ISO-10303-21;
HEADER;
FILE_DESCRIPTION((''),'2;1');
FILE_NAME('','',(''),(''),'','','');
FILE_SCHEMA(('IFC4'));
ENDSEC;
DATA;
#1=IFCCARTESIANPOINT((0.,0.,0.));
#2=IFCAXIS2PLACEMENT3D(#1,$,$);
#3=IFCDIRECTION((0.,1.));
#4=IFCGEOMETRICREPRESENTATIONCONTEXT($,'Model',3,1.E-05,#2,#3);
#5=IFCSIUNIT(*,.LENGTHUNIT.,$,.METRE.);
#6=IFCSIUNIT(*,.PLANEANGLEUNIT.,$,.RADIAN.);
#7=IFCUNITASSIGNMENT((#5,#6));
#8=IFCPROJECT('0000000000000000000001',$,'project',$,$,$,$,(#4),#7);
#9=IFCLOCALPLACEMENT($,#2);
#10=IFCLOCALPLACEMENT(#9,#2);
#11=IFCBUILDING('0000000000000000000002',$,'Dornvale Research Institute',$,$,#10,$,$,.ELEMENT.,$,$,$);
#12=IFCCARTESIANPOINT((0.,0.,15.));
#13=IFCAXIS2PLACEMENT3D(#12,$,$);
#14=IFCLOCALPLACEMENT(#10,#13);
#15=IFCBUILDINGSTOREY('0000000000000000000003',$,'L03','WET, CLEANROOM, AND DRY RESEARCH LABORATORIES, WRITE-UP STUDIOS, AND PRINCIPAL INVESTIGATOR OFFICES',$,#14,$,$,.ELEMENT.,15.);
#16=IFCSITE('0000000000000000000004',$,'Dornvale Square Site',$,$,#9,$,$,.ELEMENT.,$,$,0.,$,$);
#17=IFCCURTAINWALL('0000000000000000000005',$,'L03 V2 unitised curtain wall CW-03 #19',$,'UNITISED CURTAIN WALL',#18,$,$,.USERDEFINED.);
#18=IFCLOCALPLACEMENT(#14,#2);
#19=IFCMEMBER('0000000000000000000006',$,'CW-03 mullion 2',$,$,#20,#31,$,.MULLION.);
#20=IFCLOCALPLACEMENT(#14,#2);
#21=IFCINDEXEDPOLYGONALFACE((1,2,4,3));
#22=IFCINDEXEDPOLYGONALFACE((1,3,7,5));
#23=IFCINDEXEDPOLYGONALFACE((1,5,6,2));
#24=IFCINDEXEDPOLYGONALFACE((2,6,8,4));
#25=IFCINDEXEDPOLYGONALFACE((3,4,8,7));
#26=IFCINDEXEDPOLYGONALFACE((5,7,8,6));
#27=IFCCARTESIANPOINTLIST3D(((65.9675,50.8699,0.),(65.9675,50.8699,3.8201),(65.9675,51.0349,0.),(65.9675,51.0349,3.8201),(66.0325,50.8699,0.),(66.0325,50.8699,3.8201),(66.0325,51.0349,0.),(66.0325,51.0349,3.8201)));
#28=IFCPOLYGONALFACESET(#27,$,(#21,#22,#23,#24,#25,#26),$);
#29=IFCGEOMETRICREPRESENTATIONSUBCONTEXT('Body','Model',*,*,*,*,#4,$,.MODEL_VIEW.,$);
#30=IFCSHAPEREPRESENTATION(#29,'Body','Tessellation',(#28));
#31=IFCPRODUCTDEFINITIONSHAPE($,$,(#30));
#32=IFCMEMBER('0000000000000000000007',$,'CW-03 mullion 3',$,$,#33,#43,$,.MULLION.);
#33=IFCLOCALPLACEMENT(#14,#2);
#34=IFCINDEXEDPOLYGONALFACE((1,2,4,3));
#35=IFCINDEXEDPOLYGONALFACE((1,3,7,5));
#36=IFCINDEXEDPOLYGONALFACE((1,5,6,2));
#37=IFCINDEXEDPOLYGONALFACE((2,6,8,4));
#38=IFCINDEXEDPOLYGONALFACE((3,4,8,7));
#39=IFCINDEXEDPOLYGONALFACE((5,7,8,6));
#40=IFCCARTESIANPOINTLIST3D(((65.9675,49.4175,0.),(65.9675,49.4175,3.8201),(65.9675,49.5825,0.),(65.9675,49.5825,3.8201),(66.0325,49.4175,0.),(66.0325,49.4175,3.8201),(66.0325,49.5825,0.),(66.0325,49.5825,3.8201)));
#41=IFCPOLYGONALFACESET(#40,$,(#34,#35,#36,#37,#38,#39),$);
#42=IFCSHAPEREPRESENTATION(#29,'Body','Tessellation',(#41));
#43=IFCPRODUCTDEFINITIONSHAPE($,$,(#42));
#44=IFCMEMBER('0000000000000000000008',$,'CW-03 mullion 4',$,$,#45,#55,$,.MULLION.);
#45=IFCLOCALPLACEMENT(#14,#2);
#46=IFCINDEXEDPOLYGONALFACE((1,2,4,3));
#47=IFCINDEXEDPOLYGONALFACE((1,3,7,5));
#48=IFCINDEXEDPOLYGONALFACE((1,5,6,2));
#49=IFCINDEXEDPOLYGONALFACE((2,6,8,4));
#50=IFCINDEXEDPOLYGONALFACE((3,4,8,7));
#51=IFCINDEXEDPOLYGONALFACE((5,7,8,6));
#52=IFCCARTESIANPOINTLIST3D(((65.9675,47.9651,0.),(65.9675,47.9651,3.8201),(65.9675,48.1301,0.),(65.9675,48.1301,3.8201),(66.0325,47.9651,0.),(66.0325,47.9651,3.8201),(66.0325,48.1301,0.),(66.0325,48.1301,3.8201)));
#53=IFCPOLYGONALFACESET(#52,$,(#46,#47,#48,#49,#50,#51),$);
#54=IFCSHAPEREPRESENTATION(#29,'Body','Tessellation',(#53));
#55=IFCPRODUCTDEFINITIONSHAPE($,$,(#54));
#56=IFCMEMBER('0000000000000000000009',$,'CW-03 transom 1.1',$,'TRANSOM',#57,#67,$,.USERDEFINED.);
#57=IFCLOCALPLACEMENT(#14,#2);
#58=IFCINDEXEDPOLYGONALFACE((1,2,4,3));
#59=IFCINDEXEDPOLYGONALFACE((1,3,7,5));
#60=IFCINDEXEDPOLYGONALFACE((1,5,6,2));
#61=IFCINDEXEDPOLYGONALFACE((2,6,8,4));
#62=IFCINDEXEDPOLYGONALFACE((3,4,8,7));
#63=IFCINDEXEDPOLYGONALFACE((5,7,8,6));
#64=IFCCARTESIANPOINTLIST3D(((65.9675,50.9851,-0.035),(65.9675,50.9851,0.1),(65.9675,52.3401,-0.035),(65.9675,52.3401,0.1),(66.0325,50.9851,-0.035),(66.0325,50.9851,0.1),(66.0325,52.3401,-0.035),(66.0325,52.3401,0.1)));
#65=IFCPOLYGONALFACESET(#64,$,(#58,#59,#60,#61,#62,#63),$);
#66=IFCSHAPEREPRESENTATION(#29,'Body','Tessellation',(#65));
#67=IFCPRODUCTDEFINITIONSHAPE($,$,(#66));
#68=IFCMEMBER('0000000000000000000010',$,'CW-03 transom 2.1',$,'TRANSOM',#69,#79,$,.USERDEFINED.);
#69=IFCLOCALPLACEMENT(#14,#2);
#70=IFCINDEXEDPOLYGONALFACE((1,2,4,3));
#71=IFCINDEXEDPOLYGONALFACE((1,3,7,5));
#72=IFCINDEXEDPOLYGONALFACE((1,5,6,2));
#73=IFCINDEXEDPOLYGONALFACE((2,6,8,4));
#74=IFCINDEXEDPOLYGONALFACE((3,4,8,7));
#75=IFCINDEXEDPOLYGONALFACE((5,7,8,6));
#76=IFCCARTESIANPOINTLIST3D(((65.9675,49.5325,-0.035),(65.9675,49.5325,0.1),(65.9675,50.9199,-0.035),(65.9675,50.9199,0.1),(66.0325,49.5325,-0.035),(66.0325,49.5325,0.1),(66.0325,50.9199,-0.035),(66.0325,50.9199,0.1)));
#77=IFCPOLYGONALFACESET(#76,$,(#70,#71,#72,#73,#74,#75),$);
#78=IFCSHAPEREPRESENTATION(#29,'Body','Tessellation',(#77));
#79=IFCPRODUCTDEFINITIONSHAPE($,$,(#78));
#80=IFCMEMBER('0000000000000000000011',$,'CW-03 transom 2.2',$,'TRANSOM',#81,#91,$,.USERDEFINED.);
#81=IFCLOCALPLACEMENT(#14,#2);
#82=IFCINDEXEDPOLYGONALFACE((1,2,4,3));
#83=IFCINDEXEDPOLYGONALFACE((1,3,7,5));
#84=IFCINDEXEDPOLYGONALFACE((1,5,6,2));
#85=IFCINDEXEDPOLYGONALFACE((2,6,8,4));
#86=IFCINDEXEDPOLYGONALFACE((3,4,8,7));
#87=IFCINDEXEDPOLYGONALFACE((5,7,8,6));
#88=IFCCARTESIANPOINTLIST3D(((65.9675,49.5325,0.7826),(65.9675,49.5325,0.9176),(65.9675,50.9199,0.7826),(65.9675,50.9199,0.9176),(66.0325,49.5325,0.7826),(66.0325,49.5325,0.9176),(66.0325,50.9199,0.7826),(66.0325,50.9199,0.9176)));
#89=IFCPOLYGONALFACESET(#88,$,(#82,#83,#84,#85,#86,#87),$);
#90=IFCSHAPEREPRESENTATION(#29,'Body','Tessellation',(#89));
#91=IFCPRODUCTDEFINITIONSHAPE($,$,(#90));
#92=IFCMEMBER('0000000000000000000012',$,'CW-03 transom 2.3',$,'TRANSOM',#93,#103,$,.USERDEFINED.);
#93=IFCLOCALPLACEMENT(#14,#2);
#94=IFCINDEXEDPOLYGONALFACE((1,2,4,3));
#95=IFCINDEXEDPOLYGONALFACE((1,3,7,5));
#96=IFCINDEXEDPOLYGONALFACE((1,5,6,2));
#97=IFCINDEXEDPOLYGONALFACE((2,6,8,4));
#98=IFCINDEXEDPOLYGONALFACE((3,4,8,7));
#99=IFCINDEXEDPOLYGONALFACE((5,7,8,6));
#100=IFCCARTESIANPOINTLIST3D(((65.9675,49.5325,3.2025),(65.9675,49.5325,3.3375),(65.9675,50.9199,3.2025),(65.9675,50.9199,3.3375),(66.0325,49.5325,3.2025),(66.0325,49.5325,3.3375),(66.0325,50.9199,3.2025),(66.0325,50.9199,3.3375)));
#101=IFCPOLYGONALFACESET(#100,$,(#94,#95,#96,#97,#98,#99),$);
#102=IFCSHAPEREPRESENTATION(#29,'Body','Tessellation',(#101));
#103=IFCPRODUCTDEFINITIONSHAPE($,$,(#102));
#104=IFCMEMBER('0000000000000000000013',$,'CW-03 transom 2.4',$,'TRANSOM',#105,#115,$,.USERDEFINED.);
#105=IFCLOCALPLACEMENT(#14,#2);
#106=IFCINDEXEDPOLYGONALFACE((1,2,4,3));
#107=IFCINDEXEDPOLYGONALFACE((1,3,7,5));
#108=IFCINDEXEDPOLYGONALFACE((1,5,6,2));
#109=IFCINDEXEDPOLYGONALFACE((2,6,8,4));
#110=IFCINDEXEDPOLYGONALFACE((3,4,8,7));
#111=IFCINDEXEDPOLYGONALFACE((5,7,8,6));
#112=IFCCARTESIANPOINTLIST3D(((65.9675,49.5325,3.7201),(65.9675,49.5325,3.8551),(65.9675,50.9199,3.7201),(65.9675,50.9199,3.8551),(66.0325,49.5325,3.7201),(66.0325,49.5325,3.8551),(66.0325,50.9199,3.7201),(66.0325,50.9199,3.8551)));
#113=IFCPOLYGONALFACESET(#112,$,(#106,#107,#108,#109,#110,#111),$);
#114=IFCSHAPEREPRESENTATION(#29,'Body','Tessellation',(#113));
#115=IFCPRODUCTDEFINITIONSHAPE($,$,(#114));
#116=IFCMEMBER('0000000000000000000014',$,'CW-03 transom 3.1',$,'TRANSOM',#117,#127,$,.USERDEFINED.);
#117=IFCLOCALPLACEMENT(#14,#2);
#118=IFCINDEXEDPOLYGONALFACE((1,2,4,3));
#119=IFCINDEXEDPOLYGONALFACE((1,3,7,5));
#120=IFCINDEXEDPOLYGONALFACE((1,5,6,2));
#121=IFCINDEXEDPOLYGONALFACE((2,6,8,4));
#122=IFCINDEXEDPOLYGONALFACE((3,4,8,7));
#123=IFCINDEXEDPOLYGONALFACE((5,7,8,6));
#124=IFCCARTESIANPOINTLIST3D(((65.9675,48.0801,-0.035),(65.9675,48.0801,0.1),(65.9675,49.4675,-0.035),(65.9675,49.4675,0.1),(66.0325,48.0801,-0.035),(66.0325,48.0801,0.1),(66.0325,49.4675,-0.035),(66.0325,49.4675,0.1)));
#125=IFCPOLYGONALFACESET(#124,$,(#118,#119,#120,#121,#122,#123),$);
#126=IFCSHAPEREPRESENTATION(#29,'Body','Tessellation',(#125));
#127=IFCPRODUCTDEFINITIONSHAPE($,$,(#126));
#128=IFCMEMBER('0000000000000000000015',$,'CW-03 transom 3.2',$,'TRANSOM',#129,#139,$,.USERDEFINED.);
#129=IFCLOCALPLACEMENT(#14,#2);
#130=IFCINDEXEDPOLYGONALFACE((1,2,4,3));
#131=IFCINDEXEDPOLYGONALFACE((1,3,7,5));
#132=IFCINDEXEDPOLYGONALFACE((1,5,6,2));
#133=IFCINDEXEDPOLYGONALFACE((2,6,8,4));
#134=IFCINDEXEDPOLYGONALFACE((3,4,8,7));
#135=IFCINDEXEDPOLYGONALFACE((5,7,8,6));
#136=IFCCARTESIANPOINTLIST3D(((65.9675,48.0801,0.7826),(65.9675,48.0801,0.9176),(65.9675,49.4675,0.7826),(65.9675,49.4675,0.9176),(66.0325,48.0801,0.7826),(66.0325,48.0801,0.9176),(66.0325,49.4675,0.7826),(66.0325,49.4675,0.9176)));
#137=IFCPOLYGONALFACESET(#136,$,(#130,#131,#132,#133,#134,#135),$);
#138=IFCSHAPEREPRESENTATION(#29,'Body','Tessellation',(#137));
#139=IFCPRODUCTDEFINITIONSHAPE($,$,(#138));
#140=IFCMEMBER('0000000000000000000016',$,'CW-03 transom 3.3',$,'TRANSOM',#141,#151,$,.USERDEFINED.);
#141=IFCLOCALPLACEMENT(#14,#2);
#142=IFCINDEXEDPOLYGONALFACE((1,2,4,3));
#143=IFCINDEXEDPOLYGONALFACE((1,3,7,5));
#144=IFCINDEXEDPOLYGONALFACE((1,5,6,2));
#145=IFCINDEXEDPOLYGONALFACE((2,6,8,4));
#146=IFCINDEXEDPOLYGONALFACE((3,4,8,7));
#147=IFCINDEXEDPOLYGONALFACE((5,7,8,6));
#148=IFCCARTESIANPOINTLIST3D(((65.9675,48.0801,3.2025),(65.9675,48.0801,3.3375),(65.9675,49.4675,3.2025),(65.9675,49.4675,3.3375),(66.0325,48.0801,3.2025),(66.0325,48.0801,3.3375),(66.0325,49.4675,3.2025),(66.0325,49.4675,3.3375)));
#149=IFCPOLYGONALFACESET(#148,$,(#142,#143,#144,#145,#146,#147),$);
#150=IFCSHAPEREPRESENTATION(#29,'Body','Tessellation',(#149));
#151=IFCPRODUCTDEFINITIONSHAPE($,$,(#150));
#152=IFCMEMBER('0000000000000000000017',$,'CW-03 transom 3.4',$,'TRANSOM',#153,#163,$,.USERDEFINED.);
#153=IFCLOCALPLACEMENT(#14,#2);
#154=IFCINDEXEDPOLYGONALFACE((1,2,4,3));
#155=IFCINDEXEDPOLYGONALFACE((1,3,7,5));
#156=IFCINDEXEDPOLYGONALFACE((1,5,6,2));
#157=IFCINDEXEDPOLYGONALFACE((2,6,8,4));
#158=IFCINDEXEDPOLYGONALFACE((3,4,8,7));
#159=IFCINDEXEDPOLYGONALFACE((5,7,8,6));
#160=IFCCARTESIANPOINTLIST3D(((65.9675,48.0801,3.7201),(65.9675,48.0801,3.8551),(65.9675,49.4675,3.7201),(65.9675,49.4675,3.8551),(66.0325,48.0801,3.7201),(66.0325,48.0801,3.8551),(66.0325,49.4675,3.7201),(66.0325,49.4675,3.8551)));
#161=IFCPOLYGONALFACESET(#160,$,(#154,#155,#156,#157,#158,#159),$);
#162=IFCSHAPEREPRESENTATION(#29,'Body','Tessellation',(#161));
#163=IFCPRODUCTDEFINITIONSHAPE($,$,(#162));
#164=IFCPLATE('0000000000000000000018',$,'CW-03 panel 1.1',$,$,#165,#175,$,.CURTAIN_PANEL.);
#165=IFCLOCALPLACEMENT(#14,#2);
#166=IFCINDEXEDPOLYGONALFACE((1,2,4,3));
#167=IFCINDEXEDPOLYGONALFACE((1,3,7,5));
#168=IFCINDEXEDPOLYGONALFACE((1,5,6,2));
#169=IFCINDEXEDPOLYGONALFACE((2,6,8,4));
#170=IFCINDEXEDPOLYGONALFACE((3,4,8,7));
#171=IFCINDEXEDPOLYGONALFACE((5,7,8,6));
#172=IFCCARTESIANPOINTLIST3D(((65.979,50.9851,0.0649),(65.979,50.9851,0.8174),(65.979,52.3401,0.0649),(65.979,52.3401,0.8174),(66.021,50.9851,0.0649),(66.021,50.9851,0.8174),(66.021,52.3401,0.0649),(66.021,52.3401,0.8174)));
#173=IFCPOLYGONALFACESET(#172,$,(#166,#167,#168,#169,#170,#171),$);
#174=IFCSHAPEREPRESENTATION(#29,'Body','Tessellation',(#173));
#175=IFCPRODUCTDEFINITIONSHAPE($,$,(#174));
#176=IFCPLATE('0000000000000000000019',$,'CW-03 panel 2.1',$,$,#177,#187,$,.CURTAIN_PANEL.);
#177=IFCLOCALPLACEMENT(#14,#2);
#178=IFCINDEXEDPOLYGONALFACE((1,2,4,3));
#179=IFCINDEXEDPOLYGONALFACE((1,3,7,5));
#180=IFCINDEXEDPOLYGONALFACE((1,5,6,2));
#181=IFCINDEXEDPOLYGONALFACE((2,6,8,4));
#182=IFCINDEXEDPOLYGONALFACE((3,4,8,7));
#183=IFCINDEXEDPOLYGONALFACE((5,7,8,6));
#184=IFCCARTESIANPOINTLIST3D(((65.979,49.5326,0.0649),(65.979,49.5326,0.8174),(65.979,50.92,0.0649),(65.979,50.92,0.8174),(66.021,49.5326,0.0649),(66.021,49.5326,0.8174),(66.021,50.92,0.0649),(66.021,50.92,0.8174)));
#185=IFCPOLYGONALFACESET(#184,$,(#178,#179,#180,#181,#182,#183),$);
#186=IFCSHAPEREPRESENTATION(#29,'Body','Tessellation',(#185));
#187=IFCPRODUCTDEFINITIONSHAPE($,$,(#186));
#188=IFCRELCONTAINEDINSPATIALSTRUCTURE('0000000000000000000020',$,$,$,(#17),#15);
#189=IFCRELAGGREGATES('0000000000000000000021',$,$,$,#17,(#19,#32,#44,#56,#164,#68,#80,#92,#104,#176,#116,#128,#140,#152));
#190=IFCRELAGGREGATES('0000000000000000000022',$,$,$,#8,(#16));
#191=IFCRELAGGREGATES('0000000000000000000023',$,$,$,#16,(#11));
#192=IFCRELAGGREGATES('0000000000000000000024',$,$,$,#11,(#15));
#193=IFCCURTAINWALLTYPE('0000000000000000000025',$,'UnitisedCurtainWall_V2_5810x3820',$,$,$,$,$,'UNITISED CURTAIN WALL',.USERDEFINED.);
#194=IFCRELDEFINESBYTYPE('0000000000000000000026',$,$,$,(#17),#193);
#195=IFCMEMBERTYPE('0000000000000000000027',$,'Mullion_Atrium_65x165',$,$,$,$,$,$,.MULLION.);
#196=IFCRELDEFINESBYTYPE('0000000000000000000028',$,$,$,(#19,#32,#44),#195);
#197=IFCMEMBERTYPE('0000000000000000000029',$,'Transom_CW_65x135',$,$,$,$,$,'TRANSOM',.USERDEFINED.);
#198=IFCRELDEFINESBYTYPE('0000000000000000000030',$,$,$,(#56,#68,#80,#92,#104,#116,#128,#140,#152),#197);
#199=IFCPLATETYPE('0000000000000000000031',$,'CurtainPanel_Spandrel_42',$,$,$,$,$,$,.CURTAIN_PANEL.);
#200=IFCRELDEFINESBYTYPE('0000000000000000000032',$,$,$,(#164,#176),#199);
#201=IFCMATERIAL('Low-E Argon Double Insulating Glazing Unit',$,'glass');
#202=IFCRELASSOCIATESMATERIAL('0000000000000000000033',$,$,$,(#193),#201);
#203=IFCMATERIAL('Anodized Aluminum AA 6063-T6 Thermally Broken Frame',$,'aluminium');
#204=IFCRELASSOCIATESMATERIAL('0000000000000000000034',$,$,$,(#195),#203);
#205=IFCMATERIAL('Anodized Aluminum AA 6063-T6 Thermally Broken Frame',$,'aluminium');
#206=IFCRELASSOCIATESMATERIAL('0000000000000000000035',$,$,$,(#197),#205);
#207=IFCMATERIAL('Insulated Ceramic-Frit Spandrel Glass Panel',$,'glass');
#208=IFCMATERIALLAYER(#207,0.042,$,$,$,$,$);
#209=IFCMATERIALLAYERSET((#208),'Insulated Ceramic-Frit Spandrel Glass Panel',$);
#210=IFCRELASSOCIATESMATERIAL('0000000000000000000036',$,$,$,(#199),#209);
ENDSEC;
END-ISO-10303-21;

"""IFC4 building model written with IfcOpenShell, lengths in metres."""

from ifc_helpers import new_model, si_unit, direction, frame, origin, origin_2d, place, context, subcontext, project, spatial, rectangle, extrude, material, layer, layer_set, material_profile, profile_set, type_object, element, aggregate, save


model = new_model("IFC4")

# Units and contexts
model_context = context("Model", 3, precision=1e-05, world=origin(), true_north=direction((0.0, 1.0)))
body_context = subcontext(model_context, "Body", "Model", "MODEL_VIEW")
ifc_project = project(units=[si_unit("LENGTHUNIT", "METRE"), si_unit("PLANEANGLEUNIT", "RADIAN")], contexts=[model_context])

# Site, building, storey
site_placement = place(None, origin())
site = spatial("IfcSite", under=ifc_project, at=site_placement, Name="Dornvale Square Site", CompositionType="ELEMENT", RefElevation=0.0)
building_placement = place(site_placement, origin())
building = spatial("IfcBuilding", under=site, at=building_placement, Name="Dornvale Research Institute", CompositionType="ELEMENT")
storey_placement = place(building_placement, frame((0.0, 0.0, 15.0)))
storey = spatial("IfcBuildingStorey", under=building, at=storey_placement, Name="L03", Description="WET, CLEANROOM, AND DRY RESEARCH LABORATORIES, WRITE-UP STUDIOS, AND PRINCIPAL INVESTIGATOR OFFICES", CompositionType="ELEMENT", Elevation=15.0)

# Curtain wall, members, plates
ifc_material_1 = material(Name="Low-E Argon Double Insulating Glazing Unit", Category="glass")
curtain_wall_type = type_object("IfcCurtainWallType", Name="UnitisedCurtainWall_V2_5810x3820", ElementType="UNITISED CURTAIN WALL", PredefinedType="USERDEFINED", material=ifc_material_1)
curtain_wall_placement = place(storey_placement, origin())
curtain_wall = element("IfcCurtainWall", 1, at=curtain_wall_placement, inside=storey, type_object=curtain_wall_type, Name="L03 V2 unitised curtain wall CW-03 #19", ObjectType="UNITISED CURTAIN WALL", PredefinedType="USERDEFINED")
ifc_material_2 = material(Name="Anodized Aluminum AA 6063-T6 Thermally Broken Frame", Category="aluminium")
ifc_material_profile_1 = material_profile(ifc_material_2, rectangle(XDim=0.0649, YDim=0.165, at=origin_2d()), Name="ALU MULLION 65x165")
ifc_profile_set_1 = profile_set([ifc_material_profile_1], Name="Anodized Aluminum AA 6063-T6 Thermally Broken Frame")
member_type_1 = type_object("IfcMemberType", Name="Mullion_Atrium_65x165", PredefinedType="MULLION", material=ifc_profile_set_1)
member_1_placement = place(storey_placement, frame((66.0, 50.9524, 0.0), z_axis=(0.0, 0.0, 1.0), x_axis=(1.0, 0.0, 0.0)))
member_1 = element("IfcMember", 2, at=member_1_placement, type_object=member_type_1, Name="CW-03 mullion 2", PredefinedType="MULLION", context=body_context, shape_type="SweptSolid", body=[
    extrude(rectangle(XDim=0.0649, YDim=0.165, at=origin_2d()), origin(), (0.0, 0.0, 1.0), 3.8201),
])
member_2_placement = place(storey_placement, frame((66.0, 49.5, 0.0), z_axis=(0.0, 0.0, 1.0), x_axis=(1.0, 0.0, 0.0)))
member_2 = element("IfcMember", 3, at=member_2_placement, type_object=member_type_1, Name="CW-03 mullion 3", PredefinedType="MULLION", context=body_context, shape_type="SweptSolid", body=[
    extrude(rectangle(XDim=0.0649, YDim=0.165, at=origin_2d()), origin(), (0.0, 0.0, 1.0), 3.8201),
])
member_3_placement = place(storey_placement, frame((66.0, 48.0476, 0.0), z_axis=(0.0, 0.0, 1.0), x_axis=(1.0, 0.0, 0.0)))
member_3 = element("IfcMember", 4, at=member_3_placement, type_object=member_type_1, Name="CW-03 mullion 4", PredefinedType="MULLION", context=body_context, shape_type="SweptSolid", body=[
    extrude(rectangle(XDim=0.0649, YDim=0.165, at=origin_2d()), origin(), (0.0, 0.0, 1.0), 3.8201),
])
ifc_material_3 = material(Name="Anodized Aluminum AA 6063-T6 Thermally Broken Frame", Category="aluminium")
ifc_material_profile_2 = material_profile(ifc_material_3, rectangle(XDim=0.0649, YDim=0.135, at=origin_2d()), Name="ALU TRANSOM 65x135")
ifc_profile_set_2 = profile_set([ifc_material_profile_2], Name="Anodized Aluminum AA 6063-T6 Thermally Broken Frame")
member_type_2 = type_object("IfcMemberType", Name="Transom_CW_65x135", ElementType="TRANSOM", PredefinedType="USERDEFINED", material=ifc_profile_set_2)
member_4_placement = place(storey_placement, frame((66.0, 52.3401, 0.0325), z_axis=(0.0, -1.0, 0.0), x_axis=(1.0, 0.0, 0.0)))
member_4 = element("IfcMember", 5, at=member_4_placement, type_object=member_type_2, Name="CW-03 transom 1.1", ObjectType="TRANSOM", PredefinedType="USERDEFINED", context=body_context, shape_type="SweptSolid", body=[
    extrude(rectangle(XDim=0.0649, YDim=0.135, at=origin_2d()), origin(), (0.0, 0.0, 1.0), 1.355),
])
member_5_placement = place(storey_placement, frame((66.0, 50.9199, 0.0325), z_axis=(0.0, -1.0, 0.0), x_axis=(1.0, 0.0, 0.0)))
member_5 = element("IfcMember", 6, at=member_5_placement, type_object=member_type_2, Name="CW-03 transom 2.1", ObjectType="TRANSOM", PredefinedType="USERDEFINED", context=body_context, shape_type="SweptSolid", body=[
    extrude(rectangle(XDim=0.0649, YDim=0.135, at=origin_2d()), origin(), (0.0, 0.0, 1.0), 1.3875),
])
member_6_placement = place(storey_placement, frame((66.0, 50.9199, 0.8501), z_axis=(0.0, -1.0, 0.0), x_axis=(1.0, 0.0, 0.0)))
member_6 = element("IfcMember", 7, at=member_6_placement, type_object=member_type_2, Name="CW-03 transom 2.2", ObjectType="TRANSOM", PredefinedType="USERDEFINED", context=body_context, shape_type="SweptSolid", body=[
    extrude(rectangle(XDim=0.0649, YDim=0.135, at=origin_2d()), origin(), (0.0, 0.0, 1.0), 1.3875),
])
member_7_placement = place(storey_placement, frame((66.0, 50.9199, 3.27), z_axis=(0.0, -1.0, 0.0), x_axis=(1.0, 0.0, 0.0)))
member_7 = element("IfcMember", 8, at=member_7_placement, type_object=member_type_2, Name="CW-03 transom 2.3", ObjectType="TRANSOM", PredefinedType="USERDEFINED", context=body_context, shape_type="SweptSolid", body=[
    extrude(rectangle(XDim=0.0649, YDim=0.135, at=origin_2d()), origin(), (0.0, 0.0, 1.0), 1.3875),
])
member_8_placement = place(storey_placement, frame((66.0, 50.9199, 3.7876), z_axis=(0.0, -1.0, 0.0), x_axis=(1.0, 0.0, 0.0)))
member_8 = element("IfcMember", 9, at=member_8_placement, type_object=member_type_2, Name="CW-03 transom 2.4", ObjectType="TRANSOM", PredefinedType="USERDEFINED", context=body_context, shape_type="SweptSolid", body=[
    extrude(rectangle(XDim=0.0649, YDim=0.135, at=origin_2d()), origin(), (0.0, 0.0, 1.0), 1.3875),
])
member_9_placement = place(storey_placement, frame((66.0, 49.4675, 0.0325), z_axis=(0.0, -1.0, 0.0), x_axis=(1.0, 0.0, 0.0)))
member_9 = element("IfcMember", 10, at=member_9_placement, type_object=member_type_2, Name="CW-03 transom 3.1", ObjectType="TRANSOM", PredefinedType="USERDEFINED", context=body_context, shape_type="SweptSolid", body=[
    extrude(rectangle(XDim=0.0649, YDim=0.135, at=origin_2d()), origin(), (0.0, 0.0, 1.0), 1.3875),
])
member_10_placement = place(storey_placement, frame((66.0, 49.4675, 0.8501), z_axis=(0.0, -1.0, 0.0), x_axis=(1.0, 0.0, 0.0)))
member_10 = element("IfcMember", 11, at=member_10_placement, type_object=member_type_2, Name="CW-03 transom 3.2", ObjectType="TRANSOM", PredefinedType="USERDEFINED", context=body_context, shape_type="SweptSolid", body=[
    extrude(rectangle(XDim=0.0649, YDim=0.135, at=origin_2d()), origin(), (0.0, 0.0, 1.0), 1.3875),
])
member_11_placement = place(storey_placement, frame((66.0, 49.4675, 3.27), z_axis=(0.0, -1.0, 0.0), x_axis=(1.0, 0.0, 0.0)))
member_11 = element("IfcMember", 12, at=member_11_placement, type_object=member_type_2, Name="CW-03 transom 3.3", ObjectType="TRANSOM", PredefinedType="USERDEFINED", context=body_context, shape_type="SweptSolid", body=[
    extrude(rectangle(XDim=0.0649, YDim=0.135, at=origin_2d()), origin(), (0.0, 0.0, 1.0), 1.3875),
])
member_12_placement = place(storey_placement, frame((66.0, 49.4675, 3.7876), z_axis=(0.0, -1.0, 0.0), x_axis=(1.0, 0.0, 0.0)))
member_12 = element("IfcMember", 13, at=member_12_placement, type_object=member_type_2, Name="CW-03 transom 3.4", ObjectType="TRANSOM", PredefinedType="USERDEFINED", context=body_context, shape_type="SweptSolid", body=[
    extrude(rectangle(XDim=0.0649, YDim=0.135, at=origin_2d()), origin(), (0.0, 0.0, 1.0), 1.3875),
])
ifc_material_4 = material(Name="Insulated Ceramic-Frit Spandrel Glass Panel", Category="glass")
ifc_layer_1 = layer(ifc_material_4, 0.042)
ifc_layer_set_1 = layer_set([ifc_layer_1], Name="Insulated Ceramic-Frit Spandrel Glass Panel")
plate_type_1 = type_object("IfcPlateType", Name="CurtainPanel_Spandrel_42", PredefinedType="CURTAIN_PANEL", material=ifc_layer_set_1)
plate_1_placement = place(storey_placement, frame((66.0, 51.6626, 0.0649), z_axis=(0.0, 0.0, 1.0), x_axis=(0.0, -1.0, 0.0)))
plate_1 = element("IfcPlate", 14, at=plate_1_placement, type_object=plate_type_1, Name="CW-03 panel 1.1", PredefinedType="CURTAIN_PANEL", context=body_context, shape_type="SweptSolid", body=[
    extrude(rectangle(XDim=1.355, YDim=0.042, at=origin_2d()), origin(), (0.0, 0.0, 1.0), 0.7524),
])
plate_2_placement = place(storey_placement, frame((66.0, 50.2263, 0.0649), z_axis=(0.0, 0.0, 1.0), x_axis=(0.0, -1.0, 0.0)))
plate_2 = element("IfcPlate", 15, at=plate_2_placement, type_object=plate_type_1, Name="CW-03 panel 2.1", PredefinedType="CURTAIN_PANEL", context=body_context, shape_type="SweptSolid", body=[
    extrude(rectangle(XDim=1.3875, YDim=0.042, at=origin_2d()), origin(), (0.0, 0.0, 1.0), 0.7524),
])
aggregate(curtain_wall, [member_1, member_2, member_3, member_4, plate_1, member_5, member_6, member_7, member_8, plate_2, member_9, member_10, member_11, member_12])

save(model, "model.ifc")
